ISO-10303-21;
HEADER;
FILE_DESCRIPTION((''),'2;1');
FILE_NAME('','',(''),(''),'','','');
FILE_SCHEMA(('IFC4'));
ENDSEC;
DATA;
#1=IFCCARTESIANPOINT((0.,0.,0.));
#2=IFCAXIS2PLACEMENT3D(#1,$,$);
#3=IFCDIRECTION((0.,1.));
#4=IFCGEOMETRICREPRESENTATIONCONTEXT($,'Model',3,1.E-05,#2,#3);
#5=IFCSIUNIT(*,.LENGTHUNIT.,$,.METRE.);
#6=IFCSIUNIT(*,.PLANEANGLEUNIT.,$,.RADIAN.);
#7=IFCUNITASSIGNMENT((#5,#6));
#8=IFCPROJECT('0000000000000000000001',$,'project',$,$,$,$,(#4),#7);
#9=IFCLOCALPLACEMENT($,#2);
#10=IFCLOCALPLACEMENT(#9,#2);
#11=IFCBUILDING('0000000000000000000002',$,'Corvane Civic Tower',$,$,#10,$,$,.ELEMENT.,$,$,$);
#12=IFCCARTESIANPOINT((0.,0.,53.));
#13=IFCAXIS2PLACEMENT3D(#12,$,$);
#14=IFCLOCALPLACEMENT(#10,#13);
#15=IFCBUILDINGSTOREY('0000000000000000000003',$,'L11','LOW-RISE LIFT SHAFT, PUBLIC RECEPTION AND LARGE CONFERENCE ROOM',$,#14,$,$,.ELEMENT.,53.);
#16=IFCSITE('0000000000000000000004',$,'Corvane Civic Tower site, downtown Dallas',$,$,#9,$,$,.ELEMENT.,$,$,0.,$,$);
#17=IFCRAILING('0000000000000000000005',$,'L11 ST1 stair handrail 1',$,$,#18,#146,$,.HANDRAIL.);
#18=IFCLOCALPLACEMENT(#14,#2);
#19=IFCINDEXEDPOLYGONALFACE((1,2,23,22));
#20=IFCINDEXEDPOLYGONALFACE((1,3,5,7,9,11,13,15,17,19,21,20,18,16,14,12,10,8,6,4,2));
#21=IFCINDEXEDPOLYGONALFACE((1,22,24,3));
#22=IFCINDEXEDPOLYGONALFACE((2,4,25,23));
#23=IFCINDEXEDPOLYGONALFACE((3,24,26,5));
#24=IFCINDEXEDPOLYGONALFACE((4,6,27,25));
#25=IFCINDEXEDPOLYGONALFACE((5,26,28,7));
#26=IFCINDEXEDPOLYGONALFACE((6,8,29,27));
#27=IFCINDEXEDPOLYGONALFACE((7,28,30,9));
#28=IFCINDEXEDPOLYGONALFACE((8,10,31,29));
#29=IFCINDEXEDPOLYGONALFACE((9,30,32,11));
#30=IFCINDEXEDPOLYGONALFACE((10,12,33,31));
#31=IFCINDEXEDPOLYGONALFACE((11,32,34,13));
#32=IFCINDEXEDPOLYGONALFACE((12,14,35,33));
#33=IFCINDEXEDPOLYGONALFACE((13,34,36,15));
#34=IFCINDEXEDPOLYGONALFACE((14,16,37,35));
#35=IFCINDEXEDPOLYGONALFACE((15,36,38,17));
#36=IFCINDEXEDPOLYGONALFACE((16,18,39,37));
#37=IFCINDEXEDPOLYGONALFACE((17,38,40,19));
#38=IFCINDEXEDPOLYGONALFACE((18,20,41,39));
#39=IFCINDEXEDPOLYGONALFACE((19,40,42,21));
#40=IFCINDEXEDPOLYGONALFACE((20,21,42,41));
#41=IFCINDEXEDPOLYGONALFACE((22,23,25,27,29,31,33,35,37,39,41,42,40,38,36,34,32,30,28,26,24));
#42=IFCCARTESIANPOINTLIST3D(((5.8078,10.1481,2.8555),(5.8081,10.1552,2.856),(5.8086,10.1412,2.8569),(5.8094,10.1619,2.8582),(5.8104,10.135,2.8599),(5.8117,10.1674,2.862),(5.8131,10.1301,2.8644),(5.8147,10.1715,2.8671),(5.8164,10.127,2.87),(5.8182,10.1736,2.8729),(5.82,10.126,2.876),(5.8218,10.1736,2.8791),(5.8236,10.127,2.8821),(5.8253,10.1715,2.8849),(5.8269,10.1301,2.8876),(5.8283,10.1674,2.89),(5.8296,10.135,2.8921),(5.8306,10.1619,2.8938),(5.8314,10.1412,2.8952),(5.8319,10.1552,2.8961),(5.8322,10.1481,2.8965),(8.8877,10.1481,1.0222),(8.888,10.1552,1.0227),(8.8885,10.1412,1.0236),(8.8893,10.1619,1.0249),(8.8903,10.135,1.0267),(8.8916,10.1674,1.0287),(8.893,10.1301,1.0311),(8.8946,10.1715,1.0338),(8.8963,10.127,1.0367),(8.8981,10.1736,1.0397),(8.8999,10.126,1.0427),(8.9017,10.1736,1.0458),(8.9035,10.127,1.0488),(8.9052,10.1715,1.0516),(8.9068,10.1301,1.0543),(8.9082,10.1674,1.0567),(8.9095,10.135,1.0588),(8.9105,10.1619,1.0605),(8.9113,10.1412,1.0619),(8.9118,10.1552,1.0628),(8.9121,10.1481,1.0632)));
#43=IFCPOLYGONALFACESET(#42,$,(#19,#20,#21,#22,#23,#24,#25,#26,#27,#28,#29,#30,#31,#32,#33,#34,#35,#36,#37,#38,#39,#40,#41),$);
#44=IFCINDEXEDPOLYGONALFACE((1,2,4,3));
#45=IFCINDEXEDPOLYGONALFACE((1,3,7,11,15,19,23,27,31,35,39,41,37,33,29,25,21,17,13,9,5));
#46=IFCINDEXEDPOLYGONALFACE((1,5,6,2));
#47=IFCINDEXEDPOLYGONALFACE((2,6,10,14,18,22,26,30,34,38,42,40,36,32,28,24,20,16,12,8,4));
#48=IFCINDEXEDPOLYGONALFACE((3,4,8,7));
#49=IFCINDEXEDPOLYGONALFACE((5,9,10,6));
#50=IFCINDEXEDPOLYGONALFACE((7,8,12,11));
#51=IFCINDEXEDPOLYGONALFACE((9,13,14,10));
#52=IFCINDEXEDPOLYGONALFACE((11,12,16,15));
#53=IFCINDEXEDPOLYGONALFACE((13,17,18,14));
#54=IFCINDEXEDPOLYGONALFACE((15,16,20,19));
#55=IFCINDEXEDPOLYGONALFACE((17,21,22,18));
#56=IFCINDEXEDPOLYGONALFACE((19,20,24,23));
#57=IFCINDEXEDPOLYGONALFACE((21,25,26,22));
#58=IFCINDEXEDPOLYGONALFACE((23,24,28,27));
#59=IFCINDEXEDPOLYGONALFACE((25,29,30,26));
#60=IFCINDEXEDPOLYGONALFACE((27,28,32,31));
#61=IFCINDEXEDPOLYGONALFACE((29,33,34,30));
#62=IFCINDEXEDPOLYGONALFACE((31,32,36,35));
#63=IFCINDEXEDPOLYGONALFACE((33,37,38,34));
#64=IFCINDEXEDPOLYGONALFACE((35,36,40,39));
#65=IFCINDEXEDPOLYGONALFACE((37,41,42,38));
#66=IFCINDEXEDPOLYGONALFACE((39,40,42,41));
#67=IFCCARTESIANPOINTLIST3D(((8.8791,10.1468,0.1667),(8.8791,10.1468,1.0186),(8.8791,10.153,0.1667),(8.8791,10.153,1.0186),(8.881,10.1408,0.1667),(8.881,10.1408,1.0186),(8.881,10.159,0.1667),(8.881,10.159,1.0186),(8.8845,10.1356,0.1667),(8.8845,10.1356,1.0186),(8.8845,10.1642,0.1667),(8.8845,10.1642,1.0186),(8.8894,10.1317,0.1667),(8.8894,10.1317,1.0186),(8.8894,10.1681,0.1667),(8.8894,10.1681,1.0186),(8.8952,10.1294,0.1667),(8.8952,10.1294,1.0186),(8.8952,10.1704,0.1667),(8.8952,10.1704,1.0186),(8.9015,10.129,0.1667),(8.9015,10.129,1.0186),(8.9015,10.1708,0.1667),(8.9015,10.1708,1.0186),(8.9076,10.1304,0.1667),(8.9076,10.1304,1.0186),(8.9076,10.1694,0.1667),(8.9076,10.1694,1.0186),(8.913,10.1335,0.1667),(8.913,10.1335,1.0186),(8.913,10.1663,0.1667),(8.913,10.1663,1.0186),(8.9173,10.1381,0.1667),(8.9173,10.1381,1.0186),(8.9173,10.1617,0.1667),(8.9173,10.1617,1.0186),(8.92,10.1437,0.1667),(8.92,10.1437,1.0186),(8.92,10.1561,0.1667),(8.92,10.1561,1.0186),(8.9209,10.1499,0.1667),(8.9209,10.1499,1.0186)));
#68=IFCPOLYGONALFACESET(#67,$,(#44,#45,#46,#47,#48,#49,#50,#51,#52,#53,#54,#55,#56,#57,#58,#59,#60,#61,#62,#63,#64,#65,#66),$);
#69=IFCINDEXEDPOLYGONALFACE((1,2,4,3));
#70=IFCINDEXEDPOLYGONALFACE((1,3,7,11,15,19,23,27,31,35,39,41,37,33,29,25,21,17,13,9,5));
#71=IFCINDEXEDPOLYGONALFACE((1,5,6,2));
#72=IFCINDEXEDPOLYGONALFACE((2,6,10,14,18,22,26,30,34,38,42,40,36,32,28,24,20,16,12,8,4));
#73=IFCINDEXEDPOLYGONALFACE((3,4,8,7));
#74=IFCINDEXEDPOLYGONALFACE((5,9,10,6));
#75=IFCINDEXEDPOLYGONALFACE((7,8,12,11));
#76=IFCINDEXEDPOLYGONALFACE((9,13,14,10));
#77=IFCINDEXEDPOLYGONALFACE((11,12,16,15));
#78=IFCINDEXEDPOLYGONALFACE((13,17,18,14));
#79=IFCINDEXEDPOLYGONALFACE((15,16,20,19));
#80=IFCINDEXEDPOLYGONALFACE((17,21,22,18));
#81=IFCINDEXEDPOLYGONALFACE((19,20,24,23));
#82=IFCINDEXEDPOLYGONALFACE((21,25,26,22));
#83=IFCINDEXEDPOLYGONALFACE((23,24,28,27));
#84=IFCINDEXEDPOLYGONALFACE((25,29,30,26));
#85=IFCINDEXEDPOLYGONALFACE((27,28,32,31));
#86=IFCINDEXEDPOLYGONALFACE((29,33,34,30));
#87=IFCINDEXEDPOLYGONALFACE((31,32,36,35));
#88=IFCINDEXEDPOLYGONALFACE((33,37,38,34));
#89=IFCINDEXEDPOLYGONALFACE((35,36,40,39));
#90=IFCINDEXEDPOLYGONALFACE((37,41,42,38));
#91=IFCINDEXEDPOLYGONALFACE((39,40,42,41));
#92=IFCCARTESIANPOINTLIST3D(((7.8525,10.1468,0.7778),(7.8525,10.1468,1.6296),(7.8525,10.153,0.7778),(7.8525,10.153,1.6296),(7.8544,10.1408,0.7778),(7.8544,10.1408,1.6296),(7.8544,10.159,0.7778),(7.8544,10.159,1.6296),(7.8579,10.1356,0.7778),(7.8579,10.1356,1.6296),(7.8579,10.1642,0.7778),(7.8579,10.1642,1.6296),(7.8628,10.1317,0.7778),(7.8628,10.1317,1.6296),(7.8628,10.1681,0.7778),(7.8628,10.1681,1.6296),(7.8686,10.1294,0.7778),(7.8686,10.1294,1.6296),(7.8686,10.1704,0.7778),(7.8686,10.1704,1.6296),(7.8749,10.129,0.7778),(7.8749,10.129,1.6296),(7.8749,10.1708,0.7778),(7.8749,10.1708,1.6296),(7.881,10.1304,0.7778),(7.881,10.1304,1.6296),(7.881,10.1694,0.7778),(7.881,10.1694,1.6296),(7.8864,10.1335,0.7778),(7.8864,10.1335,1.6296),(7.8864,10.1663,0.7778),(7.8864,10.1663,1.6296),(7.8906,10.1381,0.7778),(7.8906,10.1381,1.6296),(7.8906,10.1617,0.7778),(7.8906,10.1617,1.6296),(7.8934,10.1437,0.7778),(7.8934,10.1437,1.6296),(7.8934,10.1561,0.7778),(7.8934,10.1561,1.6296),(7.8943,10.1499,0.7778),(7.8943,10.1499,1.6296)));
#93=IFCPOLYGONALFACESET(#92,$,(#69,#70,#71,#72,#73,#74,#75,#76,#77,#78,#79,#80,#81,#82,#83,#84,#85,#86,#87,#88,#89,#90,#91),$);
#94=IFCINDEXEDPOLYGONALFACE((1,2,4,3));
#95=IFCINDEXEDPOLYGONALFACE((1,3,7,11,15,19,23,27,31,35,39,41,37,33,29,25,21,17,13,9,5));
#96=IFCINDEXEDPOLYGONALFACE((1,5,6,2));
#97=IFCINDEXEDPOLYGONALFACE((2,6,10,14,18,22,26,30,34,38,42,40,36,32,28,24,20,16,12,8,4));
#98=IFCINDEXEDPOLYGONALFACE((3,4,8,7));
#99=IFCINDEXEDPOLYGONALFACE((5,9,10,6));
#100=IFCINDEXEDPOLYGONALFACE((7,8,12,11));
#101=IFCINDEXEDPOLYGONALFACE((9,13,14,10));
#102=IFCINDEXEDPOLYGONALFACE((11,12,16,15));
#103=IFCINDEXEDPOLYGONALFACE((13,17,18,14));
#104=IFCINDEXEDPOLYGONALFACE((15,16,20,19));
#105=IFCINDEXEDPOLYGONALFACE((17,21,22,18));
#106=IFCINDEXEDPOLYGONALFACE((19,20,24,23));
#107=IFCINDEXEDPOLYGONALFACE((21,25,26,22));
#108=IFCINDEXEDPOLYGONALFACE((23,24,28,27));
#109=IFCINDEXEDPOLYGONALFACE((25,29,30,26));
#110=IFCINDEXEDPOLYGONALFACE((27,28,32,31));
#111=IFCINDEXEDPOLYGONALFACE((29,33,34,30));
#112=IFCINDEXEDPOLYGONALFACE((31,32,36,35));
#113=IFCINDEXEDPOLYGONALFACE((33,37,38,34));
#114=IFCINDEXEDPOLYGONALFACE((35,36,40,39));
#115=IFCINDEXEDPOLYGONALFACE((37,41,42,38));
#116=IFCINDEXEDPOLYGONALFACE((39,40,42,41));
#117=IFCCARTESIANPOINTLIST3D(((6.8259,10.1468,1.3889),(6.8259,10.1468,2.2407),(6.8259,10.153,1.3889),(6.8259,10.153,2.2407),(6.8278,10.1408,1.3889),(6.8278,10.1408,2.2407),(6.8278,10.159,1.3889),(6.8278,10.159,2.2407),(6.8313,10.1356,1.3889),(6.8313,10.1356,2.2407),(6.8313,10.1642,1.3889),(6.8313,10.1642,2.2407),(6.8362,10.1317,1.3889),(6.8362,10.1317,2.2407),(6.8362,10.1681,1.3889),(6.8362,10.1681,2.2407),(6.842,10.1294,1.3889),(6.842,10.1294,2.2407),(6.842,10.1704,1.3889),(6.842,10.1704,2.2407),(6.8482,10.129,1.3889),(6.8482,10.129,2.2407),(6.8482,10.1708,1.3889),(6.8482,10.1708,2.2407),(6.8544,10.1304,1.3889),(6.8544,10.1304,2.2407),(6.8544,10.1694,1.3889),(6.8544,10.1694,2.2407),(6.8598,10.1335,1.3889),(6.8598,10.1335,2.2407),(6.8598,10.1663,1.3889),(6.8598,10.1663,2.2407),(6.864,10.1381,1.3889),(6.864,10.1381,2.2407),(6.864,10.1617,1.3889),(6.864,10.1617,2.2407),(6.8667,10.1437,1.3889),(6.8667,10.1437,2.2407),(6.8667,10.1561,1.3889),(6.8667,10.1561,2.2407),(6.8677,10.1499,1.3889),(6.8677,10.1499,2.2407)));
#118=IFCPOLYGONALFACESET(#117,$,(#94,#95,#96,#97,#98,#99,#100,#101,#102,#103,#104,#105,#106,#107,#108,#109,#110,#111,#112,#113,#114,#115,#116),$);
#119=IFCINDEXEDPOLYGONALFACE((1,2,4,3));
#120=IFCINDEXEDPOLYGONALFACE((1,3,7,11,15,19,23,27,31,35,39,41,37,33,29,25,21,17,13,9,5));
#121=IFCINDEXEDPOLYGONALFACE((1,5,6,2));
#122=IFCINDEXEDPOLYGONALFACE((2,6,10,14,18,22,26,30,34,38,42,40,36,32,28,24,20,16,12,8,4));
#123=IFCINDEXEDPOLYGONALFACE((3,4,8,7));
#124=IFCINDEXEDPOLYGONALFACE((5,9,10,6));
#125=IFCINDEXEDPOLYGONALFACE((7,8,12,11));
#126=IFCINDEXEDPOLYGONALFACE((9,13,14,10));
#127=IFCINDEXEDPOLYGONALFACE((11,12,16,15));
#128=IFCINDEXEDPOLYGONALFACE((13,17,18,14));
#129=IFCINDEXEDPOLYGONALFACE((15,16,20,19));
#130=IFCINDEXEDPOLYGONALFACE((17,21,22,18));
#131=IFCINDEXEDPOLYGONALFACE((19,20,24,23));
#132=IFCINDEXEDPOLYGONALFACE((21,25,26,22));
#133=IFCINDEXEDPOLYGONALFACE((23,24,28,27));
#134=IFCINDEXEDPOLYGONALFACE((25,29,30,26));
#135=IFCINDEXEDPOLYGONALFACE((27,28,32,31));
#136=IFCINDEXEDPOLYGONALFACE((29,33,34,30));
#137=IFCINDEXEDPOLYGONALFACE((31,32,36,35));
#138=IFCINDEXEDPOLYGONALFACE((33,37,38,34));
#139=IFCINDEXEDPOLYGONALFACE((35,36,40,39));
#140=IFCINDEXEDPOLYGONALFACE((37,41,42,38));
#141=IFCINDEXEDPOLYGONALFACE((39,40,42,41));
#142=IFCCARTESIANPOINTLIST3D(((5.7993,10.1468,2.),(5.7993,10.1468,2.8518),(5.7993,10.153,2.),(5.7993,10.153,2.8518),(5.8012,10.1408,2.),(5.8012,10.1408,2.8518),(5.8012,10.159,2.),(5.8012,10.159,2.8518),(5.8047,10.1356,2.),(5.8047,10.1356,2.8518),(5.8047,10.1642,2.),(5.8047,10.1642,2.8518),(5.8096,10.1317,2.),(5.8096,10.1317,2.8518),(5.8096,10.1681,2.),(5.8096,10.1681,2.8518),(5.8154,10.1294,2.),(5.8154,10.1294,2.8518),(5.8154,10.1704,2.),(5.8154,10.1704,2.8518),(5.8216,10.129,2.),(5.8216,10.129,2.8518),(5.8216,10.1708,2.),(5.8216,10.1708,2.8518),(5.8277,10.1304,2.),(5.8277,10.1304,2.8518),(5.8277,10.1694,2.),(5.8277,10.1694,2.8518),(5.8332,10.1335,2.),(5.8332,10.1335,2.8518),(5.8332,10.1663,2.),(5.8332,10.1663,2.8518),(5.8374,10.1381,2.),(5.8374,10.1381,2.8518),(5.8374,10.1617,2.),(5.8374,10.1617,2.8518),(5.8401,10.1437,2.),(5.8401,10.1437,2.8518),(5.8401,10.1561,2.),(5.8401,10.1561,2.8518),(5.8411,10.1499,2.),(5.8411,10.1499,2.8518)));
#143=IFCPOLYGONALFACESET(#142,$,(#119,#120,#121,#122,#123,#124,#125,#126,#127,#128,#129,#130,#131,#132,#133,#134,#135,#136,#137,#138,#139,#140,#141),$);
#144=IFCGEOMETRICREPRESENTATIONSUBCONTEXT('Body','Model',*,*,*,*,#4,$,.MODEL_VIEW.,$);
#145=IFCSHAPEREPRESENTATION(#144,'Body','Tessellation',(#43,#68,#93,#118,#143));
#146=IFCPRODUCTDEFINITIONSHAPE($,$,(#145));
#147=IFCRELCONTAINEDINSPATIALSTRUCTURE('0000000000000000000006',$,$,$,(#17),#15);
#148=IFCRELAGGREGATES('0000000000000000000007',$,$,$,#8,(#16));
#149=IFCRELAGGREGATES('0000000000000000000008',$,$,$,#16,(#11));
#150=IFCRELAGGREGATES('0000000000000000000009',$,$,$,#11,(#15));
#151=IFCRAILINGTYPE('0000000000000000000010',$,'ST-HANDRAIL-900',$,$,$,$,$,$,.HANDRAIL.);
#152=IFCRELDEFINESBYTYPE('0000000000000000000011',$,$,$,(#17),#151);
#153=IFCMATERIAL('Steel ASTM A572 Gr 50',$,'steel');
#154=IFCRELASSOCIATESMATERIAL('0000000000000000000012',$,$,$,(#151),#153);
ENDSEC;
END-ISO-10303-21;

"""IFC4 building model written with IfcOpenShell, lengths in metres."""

from ifc_helpers import new_model, si_unit, direction, frame, origin, origin_2d, place, context, subcontext, project, spatial, circle, extrude, material, type_object, element, save


model = new_model("IFC4")

# Units and contexts
model_context = context("Model", 3, precision=1e-05, world=origin(), true_north=direction((0.0, 1.0)))
body_context = subcontext(model_context, "Body", "Model", "MODEL_VIEW")
ifc_project = project(units=[si_unit("LENGTHUNIT", "METRE"), si_unit("PLANEANGLEUNIT", "RADIAN")], contexts=[model_context])

# Site, building, storey
site_placement = place(None, origin())
site = spatial("IfcSite", under=ifc_project, at=site_placement, Name="Corvane Civic Tower site, downtown Dallas", CompositionType="ELEMENT", RefElevation=0.0)
building_placement = place(site_placement, origin())
building = spatial("IfcBuilding", under=site, at=building_placement, Name="Corvane Civic Tower", CompositionType="ELEMENT")
storey_placement = place(building_placement, frame((0.0, 0.0, 53.0)))
storey = spatial("IfcBuildingStorey", under=building, at=storey_placement, Name="L11", Description="LOW-RISE LIFT SHAFT, PUBLIC RECEPTION AND LARGE CONFERENCE ROOM", CompositionType="ELEMENT", Elevation=53.0)

# Railing
ifc_material_1 = material(Name="Steel ASTM A572 Gr 50", Category="steel")
railing_type_1 = type_object("IfcRailingType", Name="ST-HANDRAIL-900", PredefinedType="HANDRAIL", material=ifc_material_1)
railing_1_placement = place(storey_placement, frame((8.8999, 10.1499, 0.1667)))
element("IfcRailing", 1, at=railing_1_placement, inside=storey, type_object=railing_type_1, Name="L11 ST1 stair handrail 1", PredefinedType="HANDRAIL", context=body_context, shape_type="SweptSolid", body=[
    extrude(circle(Radius=0.0239, at=origin_2d()), frame((0.0, 0.0, 0.876), z_axis=(-0.859291, 0.0, 0.511487), x_axis=(0.0, -1.0, 0.0)), (0.0, 0.0, 1.0), 3.5842),
    extrude(circle(Radius=0.021, at=origin_2d()), origin(), (0.0, 0.0, 1.0), 0.8518),
    extrude(circle(Radius=0.021, at=origin_2d()), frame((-1.0266, 0.0, 0.6111)), (0.0, 0.0, 1.0), 0.8518),
    extrude(circle(Radius=0.021, at=origin_2d()), frame((-2.0532, 0.0, 1.2222)), (0.0, 0.0, 1.0), 0.8518),
    extrude(circle(Radius=0.021, at=origin_2d()), frame((-3.0798, 0.0, 1.8333)), (0.0, 0.0, 1.0), 0.8518),
])

save(model, "model.ifc")
